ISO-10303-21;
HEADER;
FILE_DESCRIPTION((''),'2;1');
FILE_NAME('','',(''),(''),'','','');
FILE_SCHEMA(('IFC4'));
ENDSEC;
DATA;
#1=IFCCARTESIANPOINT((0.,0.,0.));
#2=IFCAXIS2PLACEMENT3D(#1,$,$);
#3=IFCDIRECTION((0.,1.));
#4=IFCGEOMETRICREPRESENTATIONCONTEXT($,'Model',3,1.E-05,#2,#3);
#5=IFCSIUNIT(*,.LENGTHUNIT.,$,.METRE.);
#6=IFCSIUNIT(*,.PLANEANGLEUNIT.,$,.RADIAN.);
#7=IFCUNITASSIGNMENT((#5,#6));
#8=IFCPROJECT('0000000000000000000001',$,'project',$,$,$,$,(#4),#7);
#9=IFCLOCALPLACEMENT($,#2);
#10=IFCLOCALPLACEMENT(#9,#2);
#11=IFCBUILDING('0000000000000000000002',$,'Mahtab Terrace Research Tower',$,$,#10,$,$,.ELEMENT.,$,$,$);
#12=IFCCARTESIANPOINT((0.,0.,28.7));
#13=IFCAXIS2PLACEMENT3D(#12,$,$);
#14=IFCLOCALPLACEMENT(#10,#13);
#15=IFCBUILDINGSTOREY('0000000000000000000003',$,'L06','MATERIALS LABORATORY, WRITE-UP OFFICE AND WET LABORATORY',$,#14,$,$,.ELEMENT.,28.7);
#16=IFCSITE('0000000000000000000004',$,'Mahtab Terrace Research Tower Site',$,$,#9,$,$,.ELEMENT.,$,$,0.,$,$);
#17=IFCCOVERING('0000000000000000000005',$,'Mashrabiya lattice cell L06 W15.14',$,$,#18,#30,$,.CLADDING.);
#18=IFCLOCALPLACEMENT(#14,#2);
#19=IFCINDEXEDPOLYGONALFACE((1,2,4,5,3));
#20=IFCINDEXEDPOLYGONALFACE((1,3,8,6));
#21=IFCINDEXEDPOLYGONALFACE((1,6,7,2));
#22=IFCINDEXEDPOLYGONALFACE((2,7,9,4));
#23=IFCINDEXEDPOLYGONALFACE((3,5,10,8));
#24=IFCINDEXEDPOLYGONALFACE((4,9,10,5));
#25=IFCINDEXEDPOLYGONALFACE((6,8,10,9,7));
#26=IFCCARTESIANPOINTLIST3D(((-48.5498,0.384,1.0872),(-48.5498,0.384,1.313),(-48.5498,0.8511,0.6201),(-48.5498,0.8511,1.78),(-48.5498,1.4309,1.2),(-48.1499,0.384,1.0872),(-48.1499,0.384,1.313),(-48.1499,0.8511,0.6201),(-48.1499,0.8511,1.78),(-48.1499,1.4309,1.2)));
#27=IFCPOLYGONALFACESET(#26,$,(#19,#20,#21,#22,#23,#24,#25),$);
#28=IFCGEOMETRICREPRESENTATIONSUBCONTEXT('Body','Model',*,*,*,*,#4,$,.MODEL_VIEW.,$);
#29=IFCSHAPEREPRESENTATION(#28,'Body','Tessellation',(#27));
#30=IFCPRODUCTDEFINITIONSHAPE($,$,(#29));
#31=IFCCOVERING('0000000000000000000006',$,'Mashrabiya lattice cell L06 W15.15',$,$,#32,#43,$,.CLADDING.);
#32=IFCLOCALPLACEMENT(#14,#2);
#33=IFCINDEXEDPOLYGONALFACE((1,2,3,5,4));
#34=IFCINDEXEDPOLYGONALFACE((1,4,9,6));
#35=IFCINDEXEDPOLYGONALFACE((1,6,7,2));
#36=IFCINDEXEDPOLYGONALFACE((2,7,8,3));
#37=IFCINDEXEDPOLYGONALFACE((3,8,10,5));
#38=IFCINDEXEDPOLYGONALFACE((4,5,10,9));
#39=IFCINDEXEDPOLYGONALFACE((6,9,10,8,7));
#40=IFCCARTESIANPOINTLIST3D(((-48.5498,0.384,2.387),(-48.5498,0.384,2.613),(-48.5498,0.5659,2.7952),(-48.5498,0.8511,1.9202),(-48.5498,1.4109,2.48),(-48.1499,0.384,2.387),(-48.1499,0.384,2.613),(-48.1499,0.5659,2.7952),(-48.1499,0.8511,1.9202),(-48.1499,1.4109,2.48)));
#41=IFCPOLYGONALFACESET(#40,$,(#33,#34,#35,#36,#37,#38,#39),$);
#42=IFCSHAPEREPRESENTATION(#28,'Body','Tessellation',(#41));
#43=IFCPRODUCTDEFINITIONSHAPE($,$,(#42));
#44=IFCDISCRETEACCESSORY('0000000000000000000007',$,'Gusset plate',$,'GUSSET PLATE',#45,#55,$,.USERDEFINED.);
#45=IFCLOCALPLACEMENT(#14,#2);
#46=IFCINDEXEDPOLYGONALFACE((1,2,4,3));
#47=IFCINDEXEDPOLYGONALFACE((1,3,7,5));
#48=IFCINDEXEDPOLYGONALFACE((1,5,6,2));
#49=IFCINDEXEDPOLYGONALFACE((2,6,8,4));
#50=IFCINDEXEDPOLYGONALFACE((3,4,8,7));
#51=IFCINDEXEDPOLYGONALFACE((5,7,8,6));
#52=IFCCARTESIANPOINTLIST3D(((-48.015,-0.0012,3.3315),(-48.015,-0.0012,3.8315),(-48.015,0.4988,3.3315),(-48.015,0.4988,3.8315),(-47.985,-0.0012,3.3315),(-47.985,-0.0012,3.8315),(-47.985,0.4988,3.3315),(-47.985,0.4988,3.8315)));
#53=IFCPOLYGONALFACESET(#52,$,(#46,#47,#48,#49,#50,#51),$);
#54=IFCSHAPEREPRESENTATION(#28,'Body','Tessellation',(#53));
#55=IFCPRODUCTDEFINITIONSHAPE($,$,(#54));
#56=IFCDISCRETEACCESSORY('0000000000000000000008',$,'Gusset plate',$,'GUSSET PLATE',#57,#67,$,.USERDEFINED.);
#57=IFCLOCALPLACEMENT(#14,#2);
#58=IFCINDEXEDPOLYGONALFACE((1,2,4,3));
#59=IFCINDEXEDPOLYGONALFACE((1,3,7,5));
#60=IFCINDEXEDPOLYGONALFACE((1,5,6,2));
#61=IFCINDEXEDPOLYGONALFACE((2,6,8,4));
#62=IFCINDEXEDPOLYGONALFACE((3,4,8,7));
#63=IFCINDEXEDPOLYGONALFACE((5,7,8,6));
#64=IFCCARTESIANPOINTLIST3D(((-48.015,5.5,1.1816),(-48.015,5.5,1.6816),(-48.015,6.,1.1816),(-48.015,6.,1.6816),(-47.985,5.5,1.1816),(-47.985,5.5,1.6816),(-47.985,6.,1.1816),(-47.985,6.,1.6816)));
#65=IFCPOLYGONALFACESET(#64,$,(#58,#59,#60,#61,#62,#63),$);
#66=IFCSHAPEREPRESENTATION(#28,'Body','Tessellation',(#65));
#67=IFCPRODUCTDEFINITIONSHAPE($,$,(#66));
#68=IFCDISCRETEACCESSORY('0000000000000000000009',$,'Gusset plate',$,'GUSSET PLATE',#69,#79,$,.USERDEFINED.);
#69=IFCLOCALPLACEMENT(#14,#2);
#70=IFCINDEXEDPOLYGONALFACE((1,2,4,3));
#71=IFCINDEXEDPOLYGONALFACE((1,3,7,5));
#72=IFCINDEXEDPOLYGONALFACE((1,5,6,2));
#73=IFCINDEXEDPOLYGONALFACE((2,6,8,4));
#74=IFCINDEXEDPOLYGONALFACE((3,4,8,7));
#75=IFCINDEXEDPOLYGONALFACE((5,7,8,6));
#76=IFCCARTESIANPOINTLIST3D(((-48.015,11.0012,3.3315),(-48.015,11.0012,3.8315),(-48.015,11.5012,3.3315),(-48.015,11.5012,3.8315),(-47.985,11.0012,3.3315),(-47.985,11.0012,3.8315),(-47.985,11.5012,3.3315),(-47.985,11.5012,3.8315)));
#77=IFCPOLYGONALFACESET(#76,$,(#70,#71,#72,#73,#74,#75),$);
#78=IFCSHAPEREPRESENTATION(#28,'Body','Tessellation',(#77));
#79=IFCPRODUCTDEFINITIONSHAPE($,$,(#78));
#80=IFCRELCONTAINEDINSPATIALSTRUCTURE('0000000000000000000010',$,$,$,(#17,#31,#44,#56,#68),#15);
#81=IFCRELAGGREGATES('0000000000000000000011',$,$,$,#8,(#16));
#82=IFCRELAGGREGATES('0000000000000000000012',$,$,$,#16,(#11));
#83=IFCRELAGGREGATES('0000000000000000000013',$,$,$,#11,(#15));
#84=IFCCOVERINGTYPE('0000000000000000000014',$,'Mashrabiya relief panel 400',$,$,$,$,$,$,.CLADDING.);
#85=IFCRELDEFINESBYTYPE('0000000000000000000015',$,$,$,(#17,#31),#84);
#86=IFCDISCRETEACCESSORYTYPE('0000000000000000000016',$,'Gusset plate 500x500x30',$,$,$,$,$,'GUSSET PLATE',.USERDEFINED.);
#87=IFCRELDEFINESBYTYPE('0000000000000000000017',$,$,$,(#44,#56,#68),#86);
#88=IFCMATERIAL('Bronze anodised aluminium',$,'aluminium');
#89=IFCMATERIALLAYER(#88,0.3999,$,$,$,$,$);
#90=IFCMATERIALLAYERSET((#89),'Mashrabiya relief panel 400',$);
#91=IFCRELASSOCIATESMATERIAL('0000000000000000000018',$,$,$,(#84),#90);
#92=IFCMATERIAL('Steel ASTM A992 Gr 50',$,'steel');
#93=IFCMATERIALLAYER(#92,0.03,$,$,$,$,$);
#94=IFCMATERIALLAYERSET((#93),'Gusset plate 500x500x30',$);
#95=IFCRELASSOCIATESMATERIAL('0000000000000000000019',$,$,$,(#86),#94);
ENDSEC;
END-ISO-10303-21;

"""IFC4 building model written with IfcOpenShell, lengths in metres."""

from ifc_helpers import new_model, si_unit, direction, frame, origin, origin_2d, place, context, subcontext, project, spatial, polyline, rectangle, outline, extrude, material, layer, layer_set, type_object, element, save


model = new_model("IFC4")

# Units and contexts
model_context = context("Model", 3, precision=1e-05, world=origin(), true_north=direction((0.0, 1.0)))
body_context = subcontext(model_context, "Body", "Model", "MODEL_VIEW")
ifc_project = project(units=[si_unit("LENGTHUNIT", "METRE"), si_unit("PLANEANGLEUNIT", "RADIAN")], contexts=[model_context])

# Site, building, storey
site_placement = place(None, origin())
site = spatial("IfcSite", under=ifc_project, at=site_placement, Name="Mahtab Terrace Research Tower Site", CompositionType="ELEMENT", RefElevation=0.0)
building_placement = place(site_placement, origin())
building = spatial("IfcBuilding", under=site, at=building_placement, Name="Mahtab Terrace Research Tower", CompositionType="ELEMENT")
storey_placement = place(building_placement, frame((0.0, 0.0, 28.7)))
storey = spatial("IfcBuildingStorey", under=building, at=storey_placement, Name="L06", Description="MATERIALS LABORATORY, WRITE-UP OFFICE AND WET LABORATORY", CompositionType="ELEMENT", Elevation=28.7)

# Shared definitions
ifc_material_1 = material(Name="Steel ASTM A992 Gr 50", Category="steel")

# Coverings
ifc_material_2 = material(Name="Bronze anodised aluminium", Category="aluminium")
ifc_layer_1 = layer(ifc_material_2, 0.3999)
ifc_layer_set_1 = layer_set([ifc_layer_1], Name="Mashrabiya relief panel 400")
covering_type = type_object("IfcCoveringType", Name="Mashrabiya relief panel 400", PredefinedType="CLADDING", material=ifc_layer_set_1)
covering_1_placement = place(storey_placement, frame((-48.1499, 0.8511, 0.6201), z_axis=(1.0, 0.0, 0.0), x_axis=(0.0, 0.707107, 0.707107)))
element("IfcCovering", 1, at=covering_1_placement, inside=storey, type_object=covering_type, Name="Mashrabiya lattice cell L06 W15.14", PredefinedType="CLADDING", context=body_context, shape_type="SweptSolid", body=[
    extrude(outline(polyline([(0.0, 0.0), (0.82, 0.0), (0.8202, 0.8202), (0.1597, 0.8202), (0.0, 0.6605), (0.0, 0.0)])), origin(), (0.0, 0.0, -1.0), 0.3999),
])
covering_2_placement = place(storey_placement, frame((-48.1499, 0.8511, 1.9202), z_axis=(1.0, 0.0, 0.0), x_axis=(0.0, 0.707107, 0.707107)))
element("IfcCovering", 2, at=covering_2_placement, inside=storey, type_object=covering_type, Name="Mashrabiya lattice cell L06 W15.15", PredefinedType="CLADDING", context=body_context, shape_type="SweptSolid", body=[
    extrude(outline(polyline([(0.0, 0.0), (0.7917, 0.0), (0.4171, 0.8204), (0.1597, 0.8202), (-0.0002, 0.6603), (0.0, 0.0)])), origin(), (0.0, 0.0, -1.0), 0.3999),
])

# Discrete accessories
ifc_layer_2 = layer(ifc_material_1, 0.03)
ifc_layer_set_2 = layer_set([ifc_layer_2], Name="Gusset plate 500x500x30")
discrete_accessory_type = type_object("IfcDiscreteAccessoryType", Name="Gusset plate 500x500x30", ElementType="GUSSET PLATE", PredefinedType="USERDEFINED", material=ifc_layer_set_2)
for number, where, z_axis, x_axis, name in (
    (3, (-48.0, 0.2488, 3.3315), (0.0, 0.0, 1.0), (0.0, 1.0, 0.0), "Gusset plate"),
    (4, (-48.0, 5.75, 1.1816), (0.0, 0.0, 1.0), (0.0, 1.0, 0.0), "Gusset plate"),
    (5, (-48.0, 11.2512, 3.3315), (0.0, 0.0, 1.0), (0.0, 1.0, 0.0), "Gusset plate"),
):
    element("IfcDiscreteAccessory", number, at=place(storey_placement, frame(where, z_axis=z_axis, x_axis=x_axis)), inside=storey, type_object=discrete_accessory_type, Name=name, ObjectType="GUSSET PLATE", PredefinedType="USERDEFINED", context=body_context, shape_type="SweptSolid", body=[
        extrude(rectangle(XDim=0.5, YDim=0.03, at=origin_2d()), origin(), (0.0, 0.0, 1.0), 0.5),
    ])

save(model, "model.ifc")
